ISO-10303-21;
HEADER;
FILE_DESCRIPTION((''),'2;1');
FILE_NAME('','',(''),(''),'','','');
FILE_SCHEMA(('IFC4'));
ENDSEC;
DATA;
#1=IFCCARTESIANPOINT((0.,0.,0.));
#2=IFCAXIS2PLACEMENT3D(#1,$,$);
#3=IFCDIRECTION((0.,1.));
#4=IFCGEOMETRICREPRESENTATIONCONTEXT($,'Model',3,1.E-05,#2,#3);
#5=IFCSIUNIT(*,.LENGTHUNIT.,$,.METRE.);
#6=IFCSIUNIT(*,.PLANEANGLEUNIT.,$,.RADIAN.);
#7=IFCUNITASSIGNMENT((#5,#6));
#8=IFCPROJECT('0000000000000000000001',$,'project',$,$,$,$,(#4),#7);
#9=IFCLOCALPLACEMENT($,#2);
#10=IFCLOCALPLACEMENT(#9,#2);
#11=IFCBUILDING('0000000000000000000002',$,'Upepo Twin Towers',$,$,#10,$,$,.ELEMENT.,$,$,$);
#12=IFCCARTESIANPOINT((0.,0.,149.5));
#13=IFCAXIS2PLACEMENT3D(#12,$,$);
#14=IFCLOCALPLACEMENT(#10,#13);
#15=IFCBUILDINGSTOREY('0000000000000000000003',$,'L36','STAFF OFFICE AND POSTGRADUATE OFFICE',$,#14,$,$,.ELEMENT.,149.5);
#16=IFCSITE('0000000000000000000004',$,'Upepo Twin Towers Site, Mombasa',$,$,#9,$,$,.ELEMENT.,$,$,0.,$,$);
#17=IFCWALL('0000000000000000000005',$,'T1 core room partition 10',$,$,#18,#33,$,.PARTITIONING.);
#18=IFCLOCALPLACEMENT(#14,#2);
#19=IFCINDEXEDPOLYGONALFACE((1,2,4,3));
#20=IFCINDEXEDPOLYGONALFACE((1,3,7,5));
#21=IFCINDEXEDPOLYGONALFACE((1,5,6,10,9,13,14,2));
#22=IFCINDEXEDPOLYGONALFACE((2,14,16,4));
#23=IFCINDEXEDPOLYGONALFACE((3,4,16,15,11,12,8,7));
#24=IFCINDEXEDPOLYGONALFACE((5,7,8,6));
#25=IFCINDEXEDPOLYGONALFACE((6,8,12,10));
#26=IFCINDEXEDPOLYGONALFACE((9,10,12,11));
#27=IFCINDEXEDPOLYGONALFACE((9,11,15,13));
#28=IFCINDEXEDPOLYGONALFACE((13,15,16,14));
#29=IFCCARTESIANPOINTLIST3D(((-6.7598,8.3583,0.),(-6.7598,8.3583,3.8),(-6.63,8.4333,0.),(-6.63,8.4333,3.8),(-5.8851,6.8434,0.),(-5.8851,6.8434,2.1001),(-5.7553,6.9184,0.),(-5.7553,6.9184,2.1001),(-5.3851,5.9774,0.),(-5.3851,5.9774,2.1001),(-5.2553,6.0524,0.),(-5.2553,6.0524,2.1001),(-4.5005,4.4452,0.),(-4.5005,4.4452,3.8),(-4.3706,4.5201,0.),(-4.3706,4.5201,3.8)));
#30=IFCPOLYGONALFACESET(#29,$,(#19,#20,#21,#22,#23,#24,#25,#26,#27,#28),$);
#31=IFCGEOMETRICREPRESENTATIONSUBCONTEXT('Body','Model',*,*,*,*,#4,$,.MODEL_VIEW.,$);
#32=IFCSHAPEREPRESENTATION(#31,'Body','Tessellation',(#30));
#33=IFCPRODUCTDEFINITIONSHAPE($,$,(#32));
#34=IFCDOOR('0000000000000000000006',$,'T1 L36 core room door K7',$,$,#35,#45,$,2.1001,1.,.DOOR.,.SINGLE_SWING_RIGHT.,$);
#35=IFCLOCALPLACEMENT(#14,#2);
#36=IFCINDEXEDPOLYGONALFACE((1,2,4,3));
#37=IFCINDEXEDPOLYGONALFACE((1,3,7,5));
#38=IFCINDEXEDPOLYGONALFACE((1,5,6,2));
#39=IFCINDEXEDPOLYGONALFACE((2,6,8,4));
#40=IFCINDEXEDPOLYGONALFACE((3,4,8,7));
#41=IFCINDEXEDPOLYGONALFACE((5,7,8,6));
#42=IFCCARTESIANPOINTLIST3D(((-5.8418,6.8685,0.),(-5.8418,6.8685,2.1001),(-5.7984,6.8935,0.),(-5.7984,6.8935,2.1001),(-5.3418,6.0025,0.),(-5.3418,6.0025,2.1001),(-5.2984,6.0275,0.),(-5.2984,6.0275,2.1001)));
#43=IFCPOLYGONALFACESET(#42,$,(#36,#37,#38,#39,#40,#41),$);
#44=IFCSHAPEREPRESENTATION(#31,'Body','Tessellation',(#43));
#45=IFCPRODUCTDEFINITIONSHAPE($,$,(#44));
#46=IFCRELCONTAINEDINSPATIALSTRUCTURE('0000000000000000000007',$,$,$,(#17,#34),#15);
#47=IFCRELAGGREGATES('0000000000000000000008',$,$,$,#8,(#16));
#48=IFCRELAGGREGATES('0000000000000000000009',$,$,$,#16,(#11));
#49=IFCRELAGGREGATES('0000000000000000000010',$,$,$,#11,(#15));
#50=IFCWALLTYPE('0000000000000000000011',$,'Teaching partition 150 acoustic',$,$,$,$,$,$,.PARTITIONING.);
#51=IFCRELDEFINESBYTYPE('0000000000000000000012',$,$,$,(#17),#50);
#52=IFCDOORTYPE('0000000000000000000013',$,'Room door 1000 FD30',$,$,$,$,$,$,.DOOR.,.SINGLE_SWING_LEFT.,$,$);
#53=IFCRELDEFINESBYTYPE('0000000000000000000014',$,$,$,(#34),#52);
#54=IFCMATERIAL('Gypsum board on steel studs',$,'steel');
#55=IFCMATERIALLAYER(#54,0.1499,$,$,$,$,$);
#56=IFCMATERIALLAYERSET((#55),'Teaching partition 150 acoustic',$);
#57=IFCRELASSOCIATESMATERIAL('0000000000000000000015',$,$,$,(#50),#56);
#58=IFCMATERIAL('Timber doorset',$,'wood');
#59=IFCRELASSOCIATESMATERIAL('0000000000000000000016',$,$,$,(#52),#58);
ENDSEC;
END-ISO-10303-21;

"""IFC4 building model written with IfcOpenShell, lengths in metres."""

from ifc_helpers import new_model, si_unit, direction, frame, frame_2d, origin, place, context, subcontext, project, spatial, rectangle, extrude, material, layer, layer_set, type_object, element, fill, save


model = new_model("IFC4")

# Units and contexts
model_context = context("Model", 3, precision=1e-05, world=origin(), true_north=direction((0.0, 1.0)))
body_context = subcontext(model_context, "Body", "Model", "MODEL_VIEW")
ifc_project = project(units=[si_unit("LENGTHUNIT", "METRE"), si_unit("PLANEANGLEUNIT", "RADIAN")], contexts=[model_context])

# Site, building, storey
site_placement = place(None, origin())
site = spatial("IfcSite", under=ifc_project, at=site_placement, Name="Upepo Twin Towers Site, Mombasa", CompositionType="ELEMENT", RefElevation=0.0)
building_placement = place(site_placement, origin())
building = spatial("IfcBuilding", under=site, at=building_placement, Name="Upepo Twin Towers", CompositionType="ELEMENT")
storey_placement = place(building_placement, frame((0.0, 0.0, 149.5)))
storey = spatial("IfcBuildingStorey", under=building, at=storey_placement, Name="L36", Description="STAFF OFFICE AND POSTGRADUATE OFFICE", CompositionType="ELEMENT", Elevation=149.5)

# Shared definitions
ifc_material_1 = material(Name="Gypsum board on steel studs", Category="steel")
ifc_layer_1 = layer(ifc_material_1, 0.1499)
ifc_layer_set_1 = layer_set([ifc_layer_1], Name="Teaching partition 150 acoustic")
wall_type_1 = type_object("IfcWallType", Name="Teaching partition 150 acoustic", PredefinedType="PARTITIONING", material=ifc_layer_set_1)

# Wall, opening, door
wall_1_placement = place(storey_placement, frame((-4.4355, 4.4827, 0.0), z_axis=(0.0, 0.0, 1.0), x_axis=(-0.500009, 0.86602, 0.0)))
wall_1 = element("IfcWall", 1, at=wall_1_placement, inside=storey, type_object=wall_type_1, Name="T1 core room partition 10", PredefinedType="PARTITIONING", context=body_context, shape_type="SweptSolid", body=[
    extrude(rectangle(XDim=4.5186, YDim=0.1499, at=frame_2d((2.2593, 0.0))), origin(), (0.0, 0.0, 1.0), 3.8),
])
opening_1_placement = place(wall_1_placement, frame((1.7693, 0.0, 0.0)))
opening_1 = element("IfcOpeningElement", 2, at=opening_1_placement, cuts=wall_1, PredefinedType="OPENING", context=body_context, shape_type="SweptSolid", body=[
    extrude(rectangle(XDim=1.0, YDim=2.1001, at=frame_2d((0.5, 1.05))), frame((0.0, 0.085, 0.0), z_axis=(0.0, -1.0, 0.0), x_axis=(1.0, 0.0, 0.0)), (0.0, 0.0, 1.0), 0.1699),
])
ifc_material_2 = material(Name="Timber doorset", Category="wood")
door_type_1 = type_object("IfcDoorType", Name="Room door 1000 FD30", OperationType="SINGLE_SWING_LEFT", PredefinedType="DOOR", material=ifc_material_2)
door_1_placement = place(opening_1_placement, origin())
door_1 = element("IfcDoor", 3, at=door_1_placement, inside=storey, type_object=door_type_1, Name="T1 L36 core room door K7", OperationType="SINGLE_SWING_RIGHT", OverallHeight=2.1001, OverallWidth=1.0, PredefinedType="DOOR", context=body_context, shape_type="SweptSolid", body=[
    extrude(rectangle(XDim=1.0, YDim=2.1001, at=frame_2d((0.5, 1.05))), frame((0.0, 0.0249, 0.0), z_axis=(0.0, -1.0, 0.0), x_axis=(1.0, 0.0, 0.0)), (0.0, 0.0, 1.0), 0.05),
])
fill(opening_1, door_1)

save(model, "model.ifc")
